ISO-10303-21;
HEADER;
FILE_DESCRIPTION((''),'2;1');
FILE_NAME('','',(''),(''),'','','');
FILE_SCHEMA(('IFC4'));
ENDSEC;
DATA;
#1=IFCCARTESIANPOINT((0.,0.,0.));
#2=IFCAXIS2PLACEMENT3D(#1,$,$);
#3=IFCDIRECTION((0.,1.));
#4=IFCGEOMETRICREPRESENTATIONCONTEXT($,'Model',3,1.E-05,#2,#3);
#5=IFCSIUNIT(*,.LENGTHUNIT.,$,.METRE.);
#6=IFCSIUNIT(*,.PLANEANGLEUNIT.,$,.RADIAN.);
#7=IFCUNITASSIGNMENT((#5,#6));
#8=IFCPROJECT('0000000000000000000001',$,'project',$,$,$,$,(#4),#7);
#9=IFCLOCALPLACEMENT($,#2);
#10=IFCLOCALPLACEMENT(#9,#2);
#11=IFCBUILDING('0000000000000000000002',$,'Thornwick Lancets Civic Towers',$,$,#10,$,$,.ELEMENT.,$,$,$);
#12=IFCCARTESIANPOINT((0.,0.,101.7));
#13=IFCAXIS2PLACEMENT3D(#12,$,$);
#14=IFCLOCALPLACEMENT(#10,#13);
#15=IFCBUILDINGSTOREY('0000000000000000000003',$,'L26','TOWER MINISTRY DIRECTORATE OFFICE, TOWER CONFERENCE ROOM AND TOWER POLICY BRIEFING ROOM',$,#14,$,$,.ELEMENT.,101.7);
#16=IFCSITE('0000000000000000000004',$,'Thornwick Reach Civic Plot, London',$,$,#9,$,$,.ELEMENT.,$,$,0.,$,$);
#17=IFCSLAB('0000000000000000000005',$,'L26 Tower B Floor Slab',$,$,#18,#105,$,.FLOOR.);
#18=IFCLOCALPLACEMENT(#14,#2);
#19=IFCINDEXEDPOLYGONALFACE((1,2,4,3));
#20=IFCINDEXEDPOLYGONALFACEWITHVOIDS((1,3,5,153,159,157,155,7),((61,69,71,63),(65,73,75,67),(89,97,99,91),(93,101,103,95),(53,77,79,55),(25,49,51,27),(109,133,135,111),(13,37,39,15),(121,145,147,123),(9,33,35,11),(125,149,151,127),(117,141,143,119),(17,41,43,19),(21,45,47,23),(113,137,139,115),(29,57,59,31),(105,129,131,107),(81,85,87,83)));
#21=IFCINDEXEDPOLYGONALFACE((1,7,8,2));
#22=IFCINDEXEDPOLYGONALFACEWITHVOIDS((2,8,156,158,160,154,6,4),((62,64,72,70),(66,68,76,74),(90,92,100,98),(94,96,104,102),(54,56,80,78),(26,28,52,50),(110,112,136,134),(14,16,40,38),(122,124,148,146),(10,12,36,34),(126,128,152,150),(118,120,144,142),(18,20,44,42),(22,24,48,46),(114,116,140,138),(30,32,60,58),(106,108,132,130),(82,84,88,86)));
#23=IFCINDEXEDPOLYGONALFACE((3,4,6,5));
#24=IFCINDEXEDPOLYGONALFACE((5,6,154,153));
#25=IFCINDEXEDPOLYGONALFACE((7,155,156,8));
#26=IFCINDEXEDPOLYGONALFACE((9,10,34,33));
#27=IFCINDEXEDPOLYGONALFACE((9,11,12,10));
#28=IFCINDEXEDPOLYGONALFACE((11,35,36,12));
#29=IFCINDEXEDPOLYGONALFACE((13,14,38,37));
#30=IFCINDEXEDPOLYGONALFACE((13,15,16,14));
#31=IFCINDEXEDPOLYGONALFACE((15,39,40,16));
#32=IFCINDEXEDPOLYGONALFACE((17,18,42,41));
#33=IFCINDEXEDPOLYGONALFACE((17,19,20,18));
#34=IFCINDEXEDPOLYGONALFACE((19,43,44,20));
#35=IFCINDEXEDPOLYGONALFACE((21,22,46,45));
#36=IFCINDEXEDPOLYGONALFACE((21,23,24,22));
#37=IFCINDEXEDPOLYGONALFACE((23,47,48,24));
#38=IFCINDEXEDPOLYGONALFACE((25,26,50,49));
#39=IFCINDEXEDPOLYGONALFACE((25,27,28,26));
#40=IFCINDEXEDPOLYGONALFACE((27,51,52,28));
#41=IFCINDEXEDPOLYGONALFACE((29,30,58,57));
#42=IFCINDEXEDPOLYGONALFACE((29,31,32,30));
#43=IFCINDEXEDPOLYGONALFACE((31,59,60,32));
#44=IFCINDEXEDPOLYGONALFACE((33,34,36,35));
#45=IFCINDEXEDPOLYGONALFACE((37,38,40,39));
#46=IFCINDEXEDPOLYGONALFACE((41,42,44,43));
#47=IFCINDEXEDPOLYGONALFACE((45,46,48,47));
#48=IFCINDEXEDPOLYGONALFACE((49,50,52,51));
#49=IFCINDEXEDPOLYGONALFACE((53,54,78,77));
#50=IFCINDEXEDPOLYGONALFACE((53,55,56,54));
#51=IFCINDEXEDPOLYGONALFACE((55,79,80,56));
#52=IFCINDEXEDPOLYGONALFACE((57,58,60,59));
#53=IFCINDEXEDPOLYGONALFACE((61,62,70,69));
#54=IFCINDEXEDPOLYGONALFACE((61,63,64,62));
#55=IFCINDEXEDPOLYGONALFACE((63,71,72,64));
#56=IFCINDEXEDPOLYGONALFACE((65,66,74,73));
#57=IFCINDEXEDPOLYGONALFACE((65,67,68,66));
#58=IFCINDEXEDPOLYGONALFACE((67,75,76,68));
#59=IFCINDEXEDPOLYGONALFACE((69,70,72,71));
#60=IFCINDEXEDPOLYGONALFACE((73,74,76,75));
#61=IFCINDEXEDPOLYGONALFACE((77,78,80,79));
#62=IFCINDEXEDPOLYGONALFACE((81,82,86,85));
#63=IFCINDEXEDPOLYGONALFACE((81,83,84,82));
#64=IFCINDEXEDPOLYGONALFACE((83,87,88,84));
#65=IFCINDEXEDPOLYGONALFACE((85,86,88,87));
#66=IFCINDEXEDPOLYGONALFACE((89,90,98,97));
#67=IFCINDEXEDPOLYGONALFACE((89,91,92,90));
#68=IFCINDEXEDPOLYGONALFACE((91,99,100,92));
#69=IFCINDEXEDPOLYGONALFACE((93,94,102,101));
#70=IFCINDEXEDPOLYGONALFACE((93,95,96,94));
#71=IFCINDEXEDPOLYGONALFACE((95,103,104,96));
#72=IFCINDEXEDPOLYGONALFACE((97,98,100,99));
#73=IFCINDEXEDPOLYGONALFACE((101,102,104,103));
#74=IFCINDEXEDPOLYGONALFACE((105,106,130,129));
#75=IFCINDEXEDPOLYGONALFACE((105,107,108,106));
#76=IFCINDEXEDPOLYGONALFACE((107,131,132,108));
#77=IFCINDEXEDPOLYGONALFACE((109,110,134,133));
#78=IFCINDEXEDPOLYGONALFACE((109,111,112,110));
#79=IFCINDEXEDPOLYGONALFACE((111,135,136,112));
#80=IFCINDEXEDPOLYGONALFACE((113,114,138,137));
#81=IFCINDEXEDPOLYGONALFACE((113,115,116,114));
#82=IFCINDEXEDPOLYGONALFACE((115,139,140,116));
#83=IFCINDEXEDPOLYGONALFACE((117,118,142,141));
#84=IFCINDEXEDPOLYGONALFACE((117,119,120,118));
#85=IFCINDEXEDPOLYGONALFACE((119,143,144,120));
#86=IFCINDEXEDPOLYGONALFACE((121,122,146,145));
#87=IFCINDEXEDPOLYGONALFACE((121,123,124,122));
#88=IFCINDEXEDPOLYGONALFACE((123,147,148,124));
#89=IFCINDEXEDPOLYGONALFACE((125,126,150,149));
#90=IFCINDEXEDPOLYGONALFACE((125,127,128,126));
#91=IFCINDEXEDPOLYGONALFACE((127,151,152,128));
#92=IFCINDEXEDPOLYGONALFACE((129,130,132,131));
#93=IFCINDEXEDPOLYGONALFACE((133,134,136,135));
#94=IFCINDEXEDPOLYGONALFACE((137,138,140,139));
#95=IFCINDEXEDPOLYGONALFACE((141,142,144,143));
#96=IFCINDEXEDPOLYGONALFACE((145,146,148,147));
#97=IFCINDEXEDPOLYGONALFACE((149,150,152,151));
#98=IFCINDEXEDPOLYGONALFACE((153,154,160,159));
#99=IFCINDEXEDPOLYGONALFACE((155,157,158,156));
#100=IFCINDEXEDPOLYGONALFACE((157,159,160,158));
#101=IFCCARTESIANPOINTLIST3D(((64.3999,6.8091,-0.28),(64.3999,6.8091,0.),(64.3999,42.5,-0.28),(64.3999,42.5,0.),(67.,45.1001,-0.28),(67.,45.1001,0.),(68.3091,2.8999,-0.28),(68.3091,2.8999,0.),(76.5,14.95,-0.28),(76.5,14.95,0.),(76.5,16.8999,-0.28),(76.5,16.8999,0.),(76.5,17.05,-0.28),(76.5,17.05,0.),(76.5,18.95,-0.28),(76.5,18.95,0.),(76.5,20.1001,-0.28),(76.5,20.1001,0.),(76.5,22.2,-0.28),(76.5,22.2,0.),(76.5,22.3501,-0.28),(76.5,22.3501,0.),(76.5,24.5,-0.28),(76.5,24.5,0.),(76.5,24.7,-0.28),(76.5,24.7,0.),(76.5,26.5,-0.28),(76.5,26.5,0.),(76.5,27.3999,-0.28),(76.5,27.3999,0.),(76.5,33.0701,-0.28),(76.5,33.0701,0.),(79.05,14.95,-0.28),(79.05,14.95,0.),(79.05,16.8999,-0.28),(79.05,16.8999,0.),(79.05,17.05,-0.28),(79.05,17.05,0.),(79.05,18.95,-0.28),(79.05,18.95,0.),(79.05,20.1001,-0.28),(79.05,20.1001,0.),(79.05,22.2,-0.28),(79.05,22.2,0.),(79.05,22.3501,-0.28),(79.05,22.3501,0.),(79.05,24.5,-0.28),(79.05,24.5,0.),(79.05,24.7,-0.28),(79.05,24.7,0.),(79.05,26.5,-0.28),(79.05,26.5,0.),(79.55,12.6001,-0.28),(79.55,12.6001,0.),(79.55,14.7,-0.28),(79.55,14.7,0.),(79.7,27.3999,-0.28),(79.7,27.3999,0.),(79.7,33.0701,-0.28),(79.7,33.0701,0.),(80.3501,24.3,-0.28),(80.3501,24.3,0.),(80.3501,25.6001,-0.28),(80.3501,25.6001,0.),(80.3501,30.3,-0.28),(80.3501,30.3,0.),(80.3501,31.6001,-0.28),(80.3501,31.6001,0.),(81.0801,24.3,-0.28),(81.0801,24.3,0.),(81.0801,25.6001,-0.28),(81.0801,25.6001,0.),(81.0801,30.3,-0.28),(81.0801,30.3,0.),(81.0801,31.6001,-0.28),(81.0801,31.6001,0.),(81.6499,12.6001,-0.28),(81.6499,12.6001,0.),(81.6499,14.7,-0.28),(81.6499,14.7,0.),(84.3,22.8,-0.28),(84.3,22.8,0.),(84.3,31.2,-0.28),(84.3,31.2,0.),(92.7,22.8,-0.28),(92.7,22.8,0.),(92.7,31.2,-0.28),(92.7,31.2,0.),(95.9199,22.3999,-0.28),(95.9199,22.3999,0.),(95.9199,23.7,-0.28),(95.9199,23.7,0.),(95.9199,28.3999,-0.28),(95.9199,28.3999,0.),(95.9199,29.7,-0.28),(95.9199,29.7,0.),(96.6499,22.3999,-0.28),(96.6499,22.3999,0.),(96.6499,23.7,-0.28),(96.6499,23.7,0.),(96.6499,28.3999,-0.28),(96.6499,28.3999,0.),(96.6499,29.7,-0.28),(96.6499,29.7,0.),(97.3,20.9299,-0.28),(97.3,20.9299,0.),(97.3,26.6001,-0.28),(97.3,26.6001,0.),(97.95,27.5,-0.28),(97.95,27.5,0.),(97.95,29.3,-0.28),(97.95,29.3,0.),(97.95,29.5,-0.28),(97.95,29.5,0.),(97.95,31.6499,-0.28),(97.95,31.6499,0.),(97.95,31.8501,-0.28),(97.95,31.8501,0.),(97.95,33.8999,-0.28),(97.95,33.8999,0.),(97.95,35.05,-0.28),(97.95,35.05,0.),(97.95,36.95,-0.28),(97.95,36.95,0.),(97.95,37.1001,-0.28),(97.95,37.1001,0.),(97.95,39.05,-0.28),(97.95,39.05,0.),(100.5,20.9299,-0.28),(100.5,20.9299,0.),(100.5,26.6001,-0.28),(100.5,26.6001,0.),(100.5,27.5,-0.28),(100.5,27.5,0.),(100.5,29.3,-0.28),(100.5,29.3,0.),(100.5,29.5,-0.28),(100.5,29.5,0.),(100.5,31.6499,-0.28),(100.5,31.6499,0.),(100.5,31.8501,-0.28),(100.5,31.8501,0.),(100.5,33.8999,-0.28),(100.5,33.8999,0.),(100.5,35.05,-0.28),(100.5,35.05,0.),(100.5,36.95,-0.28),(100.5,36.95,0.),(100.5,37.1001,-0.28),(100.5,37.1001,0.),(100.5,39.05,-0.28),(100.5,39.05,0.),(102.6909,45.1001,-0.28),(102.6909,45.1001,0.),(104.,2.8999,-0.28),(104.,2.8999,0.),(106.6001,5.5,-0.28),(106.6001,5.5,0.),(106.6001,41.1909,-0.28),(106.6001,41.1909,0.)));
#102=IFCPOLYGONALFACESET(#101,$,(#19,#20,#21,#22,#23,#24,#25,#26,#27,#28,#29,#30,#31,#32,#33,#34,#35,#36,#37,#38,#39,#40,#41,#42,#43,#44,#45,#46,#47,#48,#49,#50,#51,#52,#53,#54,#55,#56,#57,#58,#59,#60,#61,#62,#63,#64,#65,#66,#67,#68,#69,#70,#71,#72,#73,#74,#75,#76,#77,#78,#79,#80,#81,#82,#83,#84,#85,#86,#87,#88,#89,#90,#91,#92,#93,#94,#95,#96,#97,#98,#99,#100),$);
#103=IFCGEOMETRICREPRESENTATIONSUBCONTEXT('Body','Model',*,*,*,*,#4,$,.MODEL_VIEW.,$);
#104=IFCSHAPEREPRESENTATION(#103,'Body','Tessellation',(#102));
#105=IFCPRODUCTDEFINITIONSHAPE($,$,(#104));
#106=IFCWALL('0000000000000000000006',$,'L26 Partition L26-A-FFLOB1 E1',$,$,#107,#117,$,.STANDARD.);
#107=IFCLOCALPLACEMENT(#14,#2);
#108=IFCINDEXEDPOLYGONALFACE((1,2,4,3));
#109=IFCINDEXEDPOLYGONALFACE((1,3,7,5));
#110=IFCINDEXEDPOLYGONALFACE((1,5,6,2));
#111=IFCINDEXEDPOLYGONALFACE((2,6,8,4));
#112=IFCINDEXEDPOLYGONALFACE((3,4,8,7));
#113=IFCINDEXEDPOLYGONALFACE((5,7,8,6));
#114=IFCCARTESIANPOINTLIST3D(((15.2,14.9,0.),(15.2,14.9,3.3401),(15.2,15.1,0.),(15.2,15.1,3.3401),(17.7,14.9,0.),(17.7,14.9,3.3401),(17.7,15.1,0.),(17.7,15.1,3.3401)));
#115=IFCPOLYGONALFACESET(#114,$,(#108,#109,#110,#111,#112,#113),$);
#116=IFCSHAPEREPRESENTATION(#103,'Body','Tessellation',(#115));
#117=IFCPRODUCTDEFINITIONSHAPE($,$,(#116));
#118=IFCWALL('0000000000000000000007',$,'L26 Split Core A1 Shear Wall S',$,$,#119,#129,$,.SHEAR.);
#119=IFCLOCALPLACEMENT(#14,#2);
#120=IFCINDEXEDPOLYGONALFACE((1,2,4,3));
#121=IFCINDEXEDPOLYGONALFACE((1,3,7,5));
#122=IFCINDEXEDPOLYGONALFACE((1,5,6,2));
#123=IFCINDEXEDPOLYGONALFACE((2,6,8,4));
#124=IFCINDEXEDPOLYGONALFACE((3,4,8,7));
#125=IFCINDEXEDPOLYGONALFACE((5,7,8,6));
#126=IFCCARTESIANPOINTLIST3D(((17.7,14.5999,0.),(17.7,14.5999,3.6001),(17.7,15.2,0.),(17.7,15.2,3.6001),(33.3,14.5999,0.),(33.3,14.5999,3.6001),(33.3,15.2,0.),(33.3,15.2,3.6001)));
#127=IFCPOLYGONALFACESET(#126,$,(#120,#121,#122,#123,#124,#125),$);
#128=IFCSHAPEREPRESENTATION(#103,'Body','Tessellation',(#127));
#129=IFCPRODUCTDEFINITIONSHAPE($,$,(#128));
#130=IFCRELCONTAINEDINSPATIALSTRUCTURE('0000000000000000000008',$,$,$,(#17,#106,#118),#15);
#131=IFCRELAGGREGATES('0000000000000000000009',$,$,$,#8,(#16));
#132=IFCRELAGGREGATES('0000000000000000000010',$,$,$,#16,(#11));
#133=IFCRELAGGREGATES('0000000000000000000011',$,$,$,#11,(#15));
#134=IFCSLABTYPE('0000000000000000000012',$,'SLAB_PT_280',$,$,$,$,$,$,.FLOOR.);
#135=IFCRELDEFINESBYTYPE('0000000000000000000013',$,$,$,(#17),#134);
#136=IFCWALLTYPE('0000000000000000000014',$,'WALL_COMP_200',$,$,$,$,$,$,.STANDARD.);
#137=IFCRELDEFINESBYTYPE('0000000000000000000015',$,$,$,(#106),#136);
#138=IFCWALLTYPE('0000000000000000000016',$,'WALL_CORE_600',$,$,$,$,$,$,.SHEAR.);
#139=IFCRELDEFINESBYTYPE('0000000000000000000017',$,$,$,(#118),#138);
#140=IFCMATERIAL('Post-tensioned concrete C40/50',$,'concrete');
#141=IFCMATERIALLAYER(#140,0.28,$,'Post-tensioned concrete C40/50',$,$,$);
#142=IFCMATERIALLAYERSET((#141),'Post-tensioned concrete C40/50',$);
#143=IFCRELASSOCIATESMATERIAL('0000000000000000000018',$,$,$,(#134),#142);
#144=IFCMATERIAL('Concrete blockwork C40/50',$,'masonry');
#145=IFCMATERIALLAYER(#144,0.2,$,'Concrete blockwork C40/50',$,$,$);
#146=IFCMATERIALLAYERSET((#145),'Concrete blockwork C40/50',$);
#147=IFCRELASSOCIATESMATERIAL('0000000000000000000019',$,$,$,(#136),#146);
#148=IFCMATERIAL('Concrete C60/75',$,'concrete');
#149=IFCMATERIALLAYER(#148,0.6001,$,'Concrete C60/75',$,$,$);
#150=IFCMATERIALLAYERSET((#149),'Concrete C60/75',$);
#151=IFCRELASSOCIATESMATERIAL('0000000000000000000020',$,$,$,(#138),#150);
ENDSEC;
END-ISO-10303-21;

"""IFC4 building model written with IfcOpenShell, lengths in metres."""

from ifc_helpers import new_model, si_unit, direction, frame, frame_2d, origin, place, context, subcontext, project, spatial, polyline, rectangle, outline, extrude, material, layer, layer_set, type_object, element, save


model = new_model("IFC4")

# Units and contexts
model_context = context("Model", 3, precision=1e-05, world=origin(), true_north=direction((0.0, 1.0)))
body_context = subcontext(model_context, "Body", "Model", "MODEL_VIEW")
ifc_project = project(units=[si_unit("LENGTHUNIT", "METRE"), si_unit("PLANEANGLEUNIT", "RADIAN")], contexts=[model_context])

# Site, building, storey
site_placement = place(None, origin())
site = spatial("IfcSite", under=ifc_project, at=site_placement, Name="Thornwick Reach Civic Plot, London", CompositionType="ELEMENT", RefElevation=0.0)
building_placement = place(site_placement, origin())
building = spatial("IfcBuilding", under=site, at=building_placement, Name="Thornwick Lancets Civic Towers", CompositionType="ELEMENT")
storey_placement = place(building_placement, frame((0.0, 0.0, 101.7)))
storey = spatial("IfcBuildingStorey", under=building, at=storey_placement, Name="L26", Description="TOWER MINISTRY DIRECTORATE OFFICE, TOWER CONFERENCE ROOM AND TOWER POLICY BRIEFING ROOM", CompositionType="ELEMENT", Elevation=101.7)

# Shared definitions
ifc_material_1 = material(Name="Concrete C60/75", Category="concrete")

# Shared definitions
ifc_material_2 = material(Name="Post-tensioned concrete C40/50", Category="concrete")

# Slab
ifc_layer_1 = layer(ifc_material_2, 0.28, Name="Post-tensioned concrete C40/50")
ifc_layer_set_1 = layer_set([ifc_layer_1], Name="Post-tensioned concrete C40/50")
slab_type_1 = type_object("IfcSlabType", Name="SLAB_PT_280", PredefinedType="FLOOR", material=ifc_layer_set_1)
slab_1_placement = place(storey_placement, frame((0.0, 0.0, -0.28)))
element("IfcSlab", 1, at=slab_1_placement, inside=storey, type_object=slab_type_1, Name="L26 Tower B Floor Slab", PredefinedType="FLOOR", context=body_context, shape_type="SweptSolid", body=[
    extrude(outline(polyline([(68.3091, 2.8999), (104.0, 2.8999), (106.6001, 5.5), (106.6001, 41.1909), (102.6909, 45.1001), (67.0, 45.1001), (64.3999, 42.5), (64.3999, 6.8091), (68.3091, 2.8999)]), holes=[polyline([(84.3, 22.8), (92.7, 22.8), (92.7, 31.2), (84.3, 31.2), (84.3, 22.8)]), polyline([(100.5, 20.9299), (100.5, 26.6001), (97.3, 26.6001), (97.3, 20.9299), (100.5, 20.9299)]), polyline([(76.5, 33.0701), (76.5, 27.3999), (79.7, 27.3999), (79.7, 33.0701), (76.5, 33.0701)]), polyline([(97.95, 27.5), (100.5, 27.5), (100.5, 29.3), (97.95, 29.3), (97.95, 27.5)]), polyline([(97.95, 29.5), (100.5, 29.5), (100.5, 31.6499), (97.95, 31.6499), (97.95, 29.5)]), polyline([(97.95, 31.8501), (100.5, 31.8501), (100.5, 33.8999), (97.95, 33.8999), (97.95, 31.8501)]), polyline([(97.95, 35.05), (100.5, 35.05), (100.5, 36.95), (97.95, 36.95), (97.95, 35.05)]), polyline([(97.95, 37.1001), (100.5, 37.1001), (100.5, 39.05), (97.95, 39.05), (97.95, 37.1001)]), polyline([(76.5, 24.7), (79.05, 24.7), (79.05, 26.5), (76.5, 26.5), (76.5, 24.7)]), polyline([(76.5, 22.3501), (79.05, 22.3501), (79.05, 24.5), (76.5, 24.5), (76.5, 22.3501)]), polyline([(76.5, 20.1001), (79.05, 20.1001), (79.05, 22.2), (76.5, 22.2), (76.5, 20.1001)]), polyline([(76.5, 17.05), (79.05, 17.05), (79.05, 18.95), (76.5, 18.95), (76.5, 17.05)]), polyline([(76.5, 14.95), (79.05, 14.95), (79.05, 16.8999), (76.5, 16.8999), (76.5, 14.95)]), polyline([(79.55, 12.6001), (81.6499, 12.6001), (81.6499, 14.7), (79.55, 14.7), (79.55, 12.6001)]), polyline([(95.9199, 28.3999), (96.6499, 28.3999), (96.6499, 29.7), (95.9199, 29.7), (95.9199, 28.3999)]), polyline([(95.9199, 22.3999), (96.6499, 22.3999), (96.6499, 23.7), (95.9199, 23.7), (95.9199, 22.3999)]), polyline([(80.3501, 24.3), (81.0801, 24.3), (81.0801, 25.6001), (80.3501, 25.6001), (80.3501, 24.3)]), polyline([(80.3501, 30.3), (81.0801, 30.3), (81.0801, 31.6001), (80.3501, 31.6001), (80.3501, 30.3)])]), origin(), (0.0, 0.0, 1.0), 0.28),
])

# Walls
ifc_material_3 = material(Name="Concrete blockwork C40/50", Category="masonry")
ifc_layer_2 = layer(ifc_material_3, 0.2, Name="Concrete blockwork C40/50")
ifc_layer_set_2 = layer_set([ifc_layer_2], Name="Concrete blockwork C40/50")
wall_type_1 = type_object("IfcWallType", Name="WALL_COMP_200", PredefinedType="STANDARD", material=ifc_layer_set_2)
wall_1_placement = place(storey_placement, frame((15.2, 15.0, 0.0), z_axis=(0.0, 0.0, 1.0), x_axis=(1.0, 0.0, 0.0)))
element("IfcWall", 2, at=wall_1_placement, inside=storey, type_object=wall_type_1, Name="L26 Partition L26-A-FFLOB1 E1", PredefinedType="STANDARD", context=body_context, shape_type="SweptSolid", body=[
    extrude(rectangle(XDim=2.5, YDim=0.2, at=frame_2d((1.25, 0.0))), origin(), (0.0, 0.0, 1.0), 3.3401),
])
ifc_layer_3 = layer(ifc_material_1, 0.6001, Name="Concrete C60/75")
ifc_layer_set_3 = layer_set([ifc_layer_3], Name="Concrete C60/75")
wall_type_2 = type_object("IfcWallType", Name="WALL_CORE_600", PredefinedType="SHEAR", material=ifc_layer_set_3)
wall_2_placement = place(storey_placement, frame((17.7, 14.8999, 0.0), z_axis=(0.0, 0.0, 1.0), x_axis=(1.0, 0.0, 0.0)))
element("IfcWall", 3, at=wall_2_placement, inside=storey, type_object=wall_type_2, Name="L26 Split Core A1 Shear Wall S", PredefinedType="SHEAR", context=body_context, shape_type="SweptSolid", body=[
    extrude(rectangle(XDim=15.6001, YDim=0.6001, at=frame_2d((7.8, 0.0))), origin(), (0.0, 0.0, 1.0), 3.6001),
])

save(model, "model.ifc")
